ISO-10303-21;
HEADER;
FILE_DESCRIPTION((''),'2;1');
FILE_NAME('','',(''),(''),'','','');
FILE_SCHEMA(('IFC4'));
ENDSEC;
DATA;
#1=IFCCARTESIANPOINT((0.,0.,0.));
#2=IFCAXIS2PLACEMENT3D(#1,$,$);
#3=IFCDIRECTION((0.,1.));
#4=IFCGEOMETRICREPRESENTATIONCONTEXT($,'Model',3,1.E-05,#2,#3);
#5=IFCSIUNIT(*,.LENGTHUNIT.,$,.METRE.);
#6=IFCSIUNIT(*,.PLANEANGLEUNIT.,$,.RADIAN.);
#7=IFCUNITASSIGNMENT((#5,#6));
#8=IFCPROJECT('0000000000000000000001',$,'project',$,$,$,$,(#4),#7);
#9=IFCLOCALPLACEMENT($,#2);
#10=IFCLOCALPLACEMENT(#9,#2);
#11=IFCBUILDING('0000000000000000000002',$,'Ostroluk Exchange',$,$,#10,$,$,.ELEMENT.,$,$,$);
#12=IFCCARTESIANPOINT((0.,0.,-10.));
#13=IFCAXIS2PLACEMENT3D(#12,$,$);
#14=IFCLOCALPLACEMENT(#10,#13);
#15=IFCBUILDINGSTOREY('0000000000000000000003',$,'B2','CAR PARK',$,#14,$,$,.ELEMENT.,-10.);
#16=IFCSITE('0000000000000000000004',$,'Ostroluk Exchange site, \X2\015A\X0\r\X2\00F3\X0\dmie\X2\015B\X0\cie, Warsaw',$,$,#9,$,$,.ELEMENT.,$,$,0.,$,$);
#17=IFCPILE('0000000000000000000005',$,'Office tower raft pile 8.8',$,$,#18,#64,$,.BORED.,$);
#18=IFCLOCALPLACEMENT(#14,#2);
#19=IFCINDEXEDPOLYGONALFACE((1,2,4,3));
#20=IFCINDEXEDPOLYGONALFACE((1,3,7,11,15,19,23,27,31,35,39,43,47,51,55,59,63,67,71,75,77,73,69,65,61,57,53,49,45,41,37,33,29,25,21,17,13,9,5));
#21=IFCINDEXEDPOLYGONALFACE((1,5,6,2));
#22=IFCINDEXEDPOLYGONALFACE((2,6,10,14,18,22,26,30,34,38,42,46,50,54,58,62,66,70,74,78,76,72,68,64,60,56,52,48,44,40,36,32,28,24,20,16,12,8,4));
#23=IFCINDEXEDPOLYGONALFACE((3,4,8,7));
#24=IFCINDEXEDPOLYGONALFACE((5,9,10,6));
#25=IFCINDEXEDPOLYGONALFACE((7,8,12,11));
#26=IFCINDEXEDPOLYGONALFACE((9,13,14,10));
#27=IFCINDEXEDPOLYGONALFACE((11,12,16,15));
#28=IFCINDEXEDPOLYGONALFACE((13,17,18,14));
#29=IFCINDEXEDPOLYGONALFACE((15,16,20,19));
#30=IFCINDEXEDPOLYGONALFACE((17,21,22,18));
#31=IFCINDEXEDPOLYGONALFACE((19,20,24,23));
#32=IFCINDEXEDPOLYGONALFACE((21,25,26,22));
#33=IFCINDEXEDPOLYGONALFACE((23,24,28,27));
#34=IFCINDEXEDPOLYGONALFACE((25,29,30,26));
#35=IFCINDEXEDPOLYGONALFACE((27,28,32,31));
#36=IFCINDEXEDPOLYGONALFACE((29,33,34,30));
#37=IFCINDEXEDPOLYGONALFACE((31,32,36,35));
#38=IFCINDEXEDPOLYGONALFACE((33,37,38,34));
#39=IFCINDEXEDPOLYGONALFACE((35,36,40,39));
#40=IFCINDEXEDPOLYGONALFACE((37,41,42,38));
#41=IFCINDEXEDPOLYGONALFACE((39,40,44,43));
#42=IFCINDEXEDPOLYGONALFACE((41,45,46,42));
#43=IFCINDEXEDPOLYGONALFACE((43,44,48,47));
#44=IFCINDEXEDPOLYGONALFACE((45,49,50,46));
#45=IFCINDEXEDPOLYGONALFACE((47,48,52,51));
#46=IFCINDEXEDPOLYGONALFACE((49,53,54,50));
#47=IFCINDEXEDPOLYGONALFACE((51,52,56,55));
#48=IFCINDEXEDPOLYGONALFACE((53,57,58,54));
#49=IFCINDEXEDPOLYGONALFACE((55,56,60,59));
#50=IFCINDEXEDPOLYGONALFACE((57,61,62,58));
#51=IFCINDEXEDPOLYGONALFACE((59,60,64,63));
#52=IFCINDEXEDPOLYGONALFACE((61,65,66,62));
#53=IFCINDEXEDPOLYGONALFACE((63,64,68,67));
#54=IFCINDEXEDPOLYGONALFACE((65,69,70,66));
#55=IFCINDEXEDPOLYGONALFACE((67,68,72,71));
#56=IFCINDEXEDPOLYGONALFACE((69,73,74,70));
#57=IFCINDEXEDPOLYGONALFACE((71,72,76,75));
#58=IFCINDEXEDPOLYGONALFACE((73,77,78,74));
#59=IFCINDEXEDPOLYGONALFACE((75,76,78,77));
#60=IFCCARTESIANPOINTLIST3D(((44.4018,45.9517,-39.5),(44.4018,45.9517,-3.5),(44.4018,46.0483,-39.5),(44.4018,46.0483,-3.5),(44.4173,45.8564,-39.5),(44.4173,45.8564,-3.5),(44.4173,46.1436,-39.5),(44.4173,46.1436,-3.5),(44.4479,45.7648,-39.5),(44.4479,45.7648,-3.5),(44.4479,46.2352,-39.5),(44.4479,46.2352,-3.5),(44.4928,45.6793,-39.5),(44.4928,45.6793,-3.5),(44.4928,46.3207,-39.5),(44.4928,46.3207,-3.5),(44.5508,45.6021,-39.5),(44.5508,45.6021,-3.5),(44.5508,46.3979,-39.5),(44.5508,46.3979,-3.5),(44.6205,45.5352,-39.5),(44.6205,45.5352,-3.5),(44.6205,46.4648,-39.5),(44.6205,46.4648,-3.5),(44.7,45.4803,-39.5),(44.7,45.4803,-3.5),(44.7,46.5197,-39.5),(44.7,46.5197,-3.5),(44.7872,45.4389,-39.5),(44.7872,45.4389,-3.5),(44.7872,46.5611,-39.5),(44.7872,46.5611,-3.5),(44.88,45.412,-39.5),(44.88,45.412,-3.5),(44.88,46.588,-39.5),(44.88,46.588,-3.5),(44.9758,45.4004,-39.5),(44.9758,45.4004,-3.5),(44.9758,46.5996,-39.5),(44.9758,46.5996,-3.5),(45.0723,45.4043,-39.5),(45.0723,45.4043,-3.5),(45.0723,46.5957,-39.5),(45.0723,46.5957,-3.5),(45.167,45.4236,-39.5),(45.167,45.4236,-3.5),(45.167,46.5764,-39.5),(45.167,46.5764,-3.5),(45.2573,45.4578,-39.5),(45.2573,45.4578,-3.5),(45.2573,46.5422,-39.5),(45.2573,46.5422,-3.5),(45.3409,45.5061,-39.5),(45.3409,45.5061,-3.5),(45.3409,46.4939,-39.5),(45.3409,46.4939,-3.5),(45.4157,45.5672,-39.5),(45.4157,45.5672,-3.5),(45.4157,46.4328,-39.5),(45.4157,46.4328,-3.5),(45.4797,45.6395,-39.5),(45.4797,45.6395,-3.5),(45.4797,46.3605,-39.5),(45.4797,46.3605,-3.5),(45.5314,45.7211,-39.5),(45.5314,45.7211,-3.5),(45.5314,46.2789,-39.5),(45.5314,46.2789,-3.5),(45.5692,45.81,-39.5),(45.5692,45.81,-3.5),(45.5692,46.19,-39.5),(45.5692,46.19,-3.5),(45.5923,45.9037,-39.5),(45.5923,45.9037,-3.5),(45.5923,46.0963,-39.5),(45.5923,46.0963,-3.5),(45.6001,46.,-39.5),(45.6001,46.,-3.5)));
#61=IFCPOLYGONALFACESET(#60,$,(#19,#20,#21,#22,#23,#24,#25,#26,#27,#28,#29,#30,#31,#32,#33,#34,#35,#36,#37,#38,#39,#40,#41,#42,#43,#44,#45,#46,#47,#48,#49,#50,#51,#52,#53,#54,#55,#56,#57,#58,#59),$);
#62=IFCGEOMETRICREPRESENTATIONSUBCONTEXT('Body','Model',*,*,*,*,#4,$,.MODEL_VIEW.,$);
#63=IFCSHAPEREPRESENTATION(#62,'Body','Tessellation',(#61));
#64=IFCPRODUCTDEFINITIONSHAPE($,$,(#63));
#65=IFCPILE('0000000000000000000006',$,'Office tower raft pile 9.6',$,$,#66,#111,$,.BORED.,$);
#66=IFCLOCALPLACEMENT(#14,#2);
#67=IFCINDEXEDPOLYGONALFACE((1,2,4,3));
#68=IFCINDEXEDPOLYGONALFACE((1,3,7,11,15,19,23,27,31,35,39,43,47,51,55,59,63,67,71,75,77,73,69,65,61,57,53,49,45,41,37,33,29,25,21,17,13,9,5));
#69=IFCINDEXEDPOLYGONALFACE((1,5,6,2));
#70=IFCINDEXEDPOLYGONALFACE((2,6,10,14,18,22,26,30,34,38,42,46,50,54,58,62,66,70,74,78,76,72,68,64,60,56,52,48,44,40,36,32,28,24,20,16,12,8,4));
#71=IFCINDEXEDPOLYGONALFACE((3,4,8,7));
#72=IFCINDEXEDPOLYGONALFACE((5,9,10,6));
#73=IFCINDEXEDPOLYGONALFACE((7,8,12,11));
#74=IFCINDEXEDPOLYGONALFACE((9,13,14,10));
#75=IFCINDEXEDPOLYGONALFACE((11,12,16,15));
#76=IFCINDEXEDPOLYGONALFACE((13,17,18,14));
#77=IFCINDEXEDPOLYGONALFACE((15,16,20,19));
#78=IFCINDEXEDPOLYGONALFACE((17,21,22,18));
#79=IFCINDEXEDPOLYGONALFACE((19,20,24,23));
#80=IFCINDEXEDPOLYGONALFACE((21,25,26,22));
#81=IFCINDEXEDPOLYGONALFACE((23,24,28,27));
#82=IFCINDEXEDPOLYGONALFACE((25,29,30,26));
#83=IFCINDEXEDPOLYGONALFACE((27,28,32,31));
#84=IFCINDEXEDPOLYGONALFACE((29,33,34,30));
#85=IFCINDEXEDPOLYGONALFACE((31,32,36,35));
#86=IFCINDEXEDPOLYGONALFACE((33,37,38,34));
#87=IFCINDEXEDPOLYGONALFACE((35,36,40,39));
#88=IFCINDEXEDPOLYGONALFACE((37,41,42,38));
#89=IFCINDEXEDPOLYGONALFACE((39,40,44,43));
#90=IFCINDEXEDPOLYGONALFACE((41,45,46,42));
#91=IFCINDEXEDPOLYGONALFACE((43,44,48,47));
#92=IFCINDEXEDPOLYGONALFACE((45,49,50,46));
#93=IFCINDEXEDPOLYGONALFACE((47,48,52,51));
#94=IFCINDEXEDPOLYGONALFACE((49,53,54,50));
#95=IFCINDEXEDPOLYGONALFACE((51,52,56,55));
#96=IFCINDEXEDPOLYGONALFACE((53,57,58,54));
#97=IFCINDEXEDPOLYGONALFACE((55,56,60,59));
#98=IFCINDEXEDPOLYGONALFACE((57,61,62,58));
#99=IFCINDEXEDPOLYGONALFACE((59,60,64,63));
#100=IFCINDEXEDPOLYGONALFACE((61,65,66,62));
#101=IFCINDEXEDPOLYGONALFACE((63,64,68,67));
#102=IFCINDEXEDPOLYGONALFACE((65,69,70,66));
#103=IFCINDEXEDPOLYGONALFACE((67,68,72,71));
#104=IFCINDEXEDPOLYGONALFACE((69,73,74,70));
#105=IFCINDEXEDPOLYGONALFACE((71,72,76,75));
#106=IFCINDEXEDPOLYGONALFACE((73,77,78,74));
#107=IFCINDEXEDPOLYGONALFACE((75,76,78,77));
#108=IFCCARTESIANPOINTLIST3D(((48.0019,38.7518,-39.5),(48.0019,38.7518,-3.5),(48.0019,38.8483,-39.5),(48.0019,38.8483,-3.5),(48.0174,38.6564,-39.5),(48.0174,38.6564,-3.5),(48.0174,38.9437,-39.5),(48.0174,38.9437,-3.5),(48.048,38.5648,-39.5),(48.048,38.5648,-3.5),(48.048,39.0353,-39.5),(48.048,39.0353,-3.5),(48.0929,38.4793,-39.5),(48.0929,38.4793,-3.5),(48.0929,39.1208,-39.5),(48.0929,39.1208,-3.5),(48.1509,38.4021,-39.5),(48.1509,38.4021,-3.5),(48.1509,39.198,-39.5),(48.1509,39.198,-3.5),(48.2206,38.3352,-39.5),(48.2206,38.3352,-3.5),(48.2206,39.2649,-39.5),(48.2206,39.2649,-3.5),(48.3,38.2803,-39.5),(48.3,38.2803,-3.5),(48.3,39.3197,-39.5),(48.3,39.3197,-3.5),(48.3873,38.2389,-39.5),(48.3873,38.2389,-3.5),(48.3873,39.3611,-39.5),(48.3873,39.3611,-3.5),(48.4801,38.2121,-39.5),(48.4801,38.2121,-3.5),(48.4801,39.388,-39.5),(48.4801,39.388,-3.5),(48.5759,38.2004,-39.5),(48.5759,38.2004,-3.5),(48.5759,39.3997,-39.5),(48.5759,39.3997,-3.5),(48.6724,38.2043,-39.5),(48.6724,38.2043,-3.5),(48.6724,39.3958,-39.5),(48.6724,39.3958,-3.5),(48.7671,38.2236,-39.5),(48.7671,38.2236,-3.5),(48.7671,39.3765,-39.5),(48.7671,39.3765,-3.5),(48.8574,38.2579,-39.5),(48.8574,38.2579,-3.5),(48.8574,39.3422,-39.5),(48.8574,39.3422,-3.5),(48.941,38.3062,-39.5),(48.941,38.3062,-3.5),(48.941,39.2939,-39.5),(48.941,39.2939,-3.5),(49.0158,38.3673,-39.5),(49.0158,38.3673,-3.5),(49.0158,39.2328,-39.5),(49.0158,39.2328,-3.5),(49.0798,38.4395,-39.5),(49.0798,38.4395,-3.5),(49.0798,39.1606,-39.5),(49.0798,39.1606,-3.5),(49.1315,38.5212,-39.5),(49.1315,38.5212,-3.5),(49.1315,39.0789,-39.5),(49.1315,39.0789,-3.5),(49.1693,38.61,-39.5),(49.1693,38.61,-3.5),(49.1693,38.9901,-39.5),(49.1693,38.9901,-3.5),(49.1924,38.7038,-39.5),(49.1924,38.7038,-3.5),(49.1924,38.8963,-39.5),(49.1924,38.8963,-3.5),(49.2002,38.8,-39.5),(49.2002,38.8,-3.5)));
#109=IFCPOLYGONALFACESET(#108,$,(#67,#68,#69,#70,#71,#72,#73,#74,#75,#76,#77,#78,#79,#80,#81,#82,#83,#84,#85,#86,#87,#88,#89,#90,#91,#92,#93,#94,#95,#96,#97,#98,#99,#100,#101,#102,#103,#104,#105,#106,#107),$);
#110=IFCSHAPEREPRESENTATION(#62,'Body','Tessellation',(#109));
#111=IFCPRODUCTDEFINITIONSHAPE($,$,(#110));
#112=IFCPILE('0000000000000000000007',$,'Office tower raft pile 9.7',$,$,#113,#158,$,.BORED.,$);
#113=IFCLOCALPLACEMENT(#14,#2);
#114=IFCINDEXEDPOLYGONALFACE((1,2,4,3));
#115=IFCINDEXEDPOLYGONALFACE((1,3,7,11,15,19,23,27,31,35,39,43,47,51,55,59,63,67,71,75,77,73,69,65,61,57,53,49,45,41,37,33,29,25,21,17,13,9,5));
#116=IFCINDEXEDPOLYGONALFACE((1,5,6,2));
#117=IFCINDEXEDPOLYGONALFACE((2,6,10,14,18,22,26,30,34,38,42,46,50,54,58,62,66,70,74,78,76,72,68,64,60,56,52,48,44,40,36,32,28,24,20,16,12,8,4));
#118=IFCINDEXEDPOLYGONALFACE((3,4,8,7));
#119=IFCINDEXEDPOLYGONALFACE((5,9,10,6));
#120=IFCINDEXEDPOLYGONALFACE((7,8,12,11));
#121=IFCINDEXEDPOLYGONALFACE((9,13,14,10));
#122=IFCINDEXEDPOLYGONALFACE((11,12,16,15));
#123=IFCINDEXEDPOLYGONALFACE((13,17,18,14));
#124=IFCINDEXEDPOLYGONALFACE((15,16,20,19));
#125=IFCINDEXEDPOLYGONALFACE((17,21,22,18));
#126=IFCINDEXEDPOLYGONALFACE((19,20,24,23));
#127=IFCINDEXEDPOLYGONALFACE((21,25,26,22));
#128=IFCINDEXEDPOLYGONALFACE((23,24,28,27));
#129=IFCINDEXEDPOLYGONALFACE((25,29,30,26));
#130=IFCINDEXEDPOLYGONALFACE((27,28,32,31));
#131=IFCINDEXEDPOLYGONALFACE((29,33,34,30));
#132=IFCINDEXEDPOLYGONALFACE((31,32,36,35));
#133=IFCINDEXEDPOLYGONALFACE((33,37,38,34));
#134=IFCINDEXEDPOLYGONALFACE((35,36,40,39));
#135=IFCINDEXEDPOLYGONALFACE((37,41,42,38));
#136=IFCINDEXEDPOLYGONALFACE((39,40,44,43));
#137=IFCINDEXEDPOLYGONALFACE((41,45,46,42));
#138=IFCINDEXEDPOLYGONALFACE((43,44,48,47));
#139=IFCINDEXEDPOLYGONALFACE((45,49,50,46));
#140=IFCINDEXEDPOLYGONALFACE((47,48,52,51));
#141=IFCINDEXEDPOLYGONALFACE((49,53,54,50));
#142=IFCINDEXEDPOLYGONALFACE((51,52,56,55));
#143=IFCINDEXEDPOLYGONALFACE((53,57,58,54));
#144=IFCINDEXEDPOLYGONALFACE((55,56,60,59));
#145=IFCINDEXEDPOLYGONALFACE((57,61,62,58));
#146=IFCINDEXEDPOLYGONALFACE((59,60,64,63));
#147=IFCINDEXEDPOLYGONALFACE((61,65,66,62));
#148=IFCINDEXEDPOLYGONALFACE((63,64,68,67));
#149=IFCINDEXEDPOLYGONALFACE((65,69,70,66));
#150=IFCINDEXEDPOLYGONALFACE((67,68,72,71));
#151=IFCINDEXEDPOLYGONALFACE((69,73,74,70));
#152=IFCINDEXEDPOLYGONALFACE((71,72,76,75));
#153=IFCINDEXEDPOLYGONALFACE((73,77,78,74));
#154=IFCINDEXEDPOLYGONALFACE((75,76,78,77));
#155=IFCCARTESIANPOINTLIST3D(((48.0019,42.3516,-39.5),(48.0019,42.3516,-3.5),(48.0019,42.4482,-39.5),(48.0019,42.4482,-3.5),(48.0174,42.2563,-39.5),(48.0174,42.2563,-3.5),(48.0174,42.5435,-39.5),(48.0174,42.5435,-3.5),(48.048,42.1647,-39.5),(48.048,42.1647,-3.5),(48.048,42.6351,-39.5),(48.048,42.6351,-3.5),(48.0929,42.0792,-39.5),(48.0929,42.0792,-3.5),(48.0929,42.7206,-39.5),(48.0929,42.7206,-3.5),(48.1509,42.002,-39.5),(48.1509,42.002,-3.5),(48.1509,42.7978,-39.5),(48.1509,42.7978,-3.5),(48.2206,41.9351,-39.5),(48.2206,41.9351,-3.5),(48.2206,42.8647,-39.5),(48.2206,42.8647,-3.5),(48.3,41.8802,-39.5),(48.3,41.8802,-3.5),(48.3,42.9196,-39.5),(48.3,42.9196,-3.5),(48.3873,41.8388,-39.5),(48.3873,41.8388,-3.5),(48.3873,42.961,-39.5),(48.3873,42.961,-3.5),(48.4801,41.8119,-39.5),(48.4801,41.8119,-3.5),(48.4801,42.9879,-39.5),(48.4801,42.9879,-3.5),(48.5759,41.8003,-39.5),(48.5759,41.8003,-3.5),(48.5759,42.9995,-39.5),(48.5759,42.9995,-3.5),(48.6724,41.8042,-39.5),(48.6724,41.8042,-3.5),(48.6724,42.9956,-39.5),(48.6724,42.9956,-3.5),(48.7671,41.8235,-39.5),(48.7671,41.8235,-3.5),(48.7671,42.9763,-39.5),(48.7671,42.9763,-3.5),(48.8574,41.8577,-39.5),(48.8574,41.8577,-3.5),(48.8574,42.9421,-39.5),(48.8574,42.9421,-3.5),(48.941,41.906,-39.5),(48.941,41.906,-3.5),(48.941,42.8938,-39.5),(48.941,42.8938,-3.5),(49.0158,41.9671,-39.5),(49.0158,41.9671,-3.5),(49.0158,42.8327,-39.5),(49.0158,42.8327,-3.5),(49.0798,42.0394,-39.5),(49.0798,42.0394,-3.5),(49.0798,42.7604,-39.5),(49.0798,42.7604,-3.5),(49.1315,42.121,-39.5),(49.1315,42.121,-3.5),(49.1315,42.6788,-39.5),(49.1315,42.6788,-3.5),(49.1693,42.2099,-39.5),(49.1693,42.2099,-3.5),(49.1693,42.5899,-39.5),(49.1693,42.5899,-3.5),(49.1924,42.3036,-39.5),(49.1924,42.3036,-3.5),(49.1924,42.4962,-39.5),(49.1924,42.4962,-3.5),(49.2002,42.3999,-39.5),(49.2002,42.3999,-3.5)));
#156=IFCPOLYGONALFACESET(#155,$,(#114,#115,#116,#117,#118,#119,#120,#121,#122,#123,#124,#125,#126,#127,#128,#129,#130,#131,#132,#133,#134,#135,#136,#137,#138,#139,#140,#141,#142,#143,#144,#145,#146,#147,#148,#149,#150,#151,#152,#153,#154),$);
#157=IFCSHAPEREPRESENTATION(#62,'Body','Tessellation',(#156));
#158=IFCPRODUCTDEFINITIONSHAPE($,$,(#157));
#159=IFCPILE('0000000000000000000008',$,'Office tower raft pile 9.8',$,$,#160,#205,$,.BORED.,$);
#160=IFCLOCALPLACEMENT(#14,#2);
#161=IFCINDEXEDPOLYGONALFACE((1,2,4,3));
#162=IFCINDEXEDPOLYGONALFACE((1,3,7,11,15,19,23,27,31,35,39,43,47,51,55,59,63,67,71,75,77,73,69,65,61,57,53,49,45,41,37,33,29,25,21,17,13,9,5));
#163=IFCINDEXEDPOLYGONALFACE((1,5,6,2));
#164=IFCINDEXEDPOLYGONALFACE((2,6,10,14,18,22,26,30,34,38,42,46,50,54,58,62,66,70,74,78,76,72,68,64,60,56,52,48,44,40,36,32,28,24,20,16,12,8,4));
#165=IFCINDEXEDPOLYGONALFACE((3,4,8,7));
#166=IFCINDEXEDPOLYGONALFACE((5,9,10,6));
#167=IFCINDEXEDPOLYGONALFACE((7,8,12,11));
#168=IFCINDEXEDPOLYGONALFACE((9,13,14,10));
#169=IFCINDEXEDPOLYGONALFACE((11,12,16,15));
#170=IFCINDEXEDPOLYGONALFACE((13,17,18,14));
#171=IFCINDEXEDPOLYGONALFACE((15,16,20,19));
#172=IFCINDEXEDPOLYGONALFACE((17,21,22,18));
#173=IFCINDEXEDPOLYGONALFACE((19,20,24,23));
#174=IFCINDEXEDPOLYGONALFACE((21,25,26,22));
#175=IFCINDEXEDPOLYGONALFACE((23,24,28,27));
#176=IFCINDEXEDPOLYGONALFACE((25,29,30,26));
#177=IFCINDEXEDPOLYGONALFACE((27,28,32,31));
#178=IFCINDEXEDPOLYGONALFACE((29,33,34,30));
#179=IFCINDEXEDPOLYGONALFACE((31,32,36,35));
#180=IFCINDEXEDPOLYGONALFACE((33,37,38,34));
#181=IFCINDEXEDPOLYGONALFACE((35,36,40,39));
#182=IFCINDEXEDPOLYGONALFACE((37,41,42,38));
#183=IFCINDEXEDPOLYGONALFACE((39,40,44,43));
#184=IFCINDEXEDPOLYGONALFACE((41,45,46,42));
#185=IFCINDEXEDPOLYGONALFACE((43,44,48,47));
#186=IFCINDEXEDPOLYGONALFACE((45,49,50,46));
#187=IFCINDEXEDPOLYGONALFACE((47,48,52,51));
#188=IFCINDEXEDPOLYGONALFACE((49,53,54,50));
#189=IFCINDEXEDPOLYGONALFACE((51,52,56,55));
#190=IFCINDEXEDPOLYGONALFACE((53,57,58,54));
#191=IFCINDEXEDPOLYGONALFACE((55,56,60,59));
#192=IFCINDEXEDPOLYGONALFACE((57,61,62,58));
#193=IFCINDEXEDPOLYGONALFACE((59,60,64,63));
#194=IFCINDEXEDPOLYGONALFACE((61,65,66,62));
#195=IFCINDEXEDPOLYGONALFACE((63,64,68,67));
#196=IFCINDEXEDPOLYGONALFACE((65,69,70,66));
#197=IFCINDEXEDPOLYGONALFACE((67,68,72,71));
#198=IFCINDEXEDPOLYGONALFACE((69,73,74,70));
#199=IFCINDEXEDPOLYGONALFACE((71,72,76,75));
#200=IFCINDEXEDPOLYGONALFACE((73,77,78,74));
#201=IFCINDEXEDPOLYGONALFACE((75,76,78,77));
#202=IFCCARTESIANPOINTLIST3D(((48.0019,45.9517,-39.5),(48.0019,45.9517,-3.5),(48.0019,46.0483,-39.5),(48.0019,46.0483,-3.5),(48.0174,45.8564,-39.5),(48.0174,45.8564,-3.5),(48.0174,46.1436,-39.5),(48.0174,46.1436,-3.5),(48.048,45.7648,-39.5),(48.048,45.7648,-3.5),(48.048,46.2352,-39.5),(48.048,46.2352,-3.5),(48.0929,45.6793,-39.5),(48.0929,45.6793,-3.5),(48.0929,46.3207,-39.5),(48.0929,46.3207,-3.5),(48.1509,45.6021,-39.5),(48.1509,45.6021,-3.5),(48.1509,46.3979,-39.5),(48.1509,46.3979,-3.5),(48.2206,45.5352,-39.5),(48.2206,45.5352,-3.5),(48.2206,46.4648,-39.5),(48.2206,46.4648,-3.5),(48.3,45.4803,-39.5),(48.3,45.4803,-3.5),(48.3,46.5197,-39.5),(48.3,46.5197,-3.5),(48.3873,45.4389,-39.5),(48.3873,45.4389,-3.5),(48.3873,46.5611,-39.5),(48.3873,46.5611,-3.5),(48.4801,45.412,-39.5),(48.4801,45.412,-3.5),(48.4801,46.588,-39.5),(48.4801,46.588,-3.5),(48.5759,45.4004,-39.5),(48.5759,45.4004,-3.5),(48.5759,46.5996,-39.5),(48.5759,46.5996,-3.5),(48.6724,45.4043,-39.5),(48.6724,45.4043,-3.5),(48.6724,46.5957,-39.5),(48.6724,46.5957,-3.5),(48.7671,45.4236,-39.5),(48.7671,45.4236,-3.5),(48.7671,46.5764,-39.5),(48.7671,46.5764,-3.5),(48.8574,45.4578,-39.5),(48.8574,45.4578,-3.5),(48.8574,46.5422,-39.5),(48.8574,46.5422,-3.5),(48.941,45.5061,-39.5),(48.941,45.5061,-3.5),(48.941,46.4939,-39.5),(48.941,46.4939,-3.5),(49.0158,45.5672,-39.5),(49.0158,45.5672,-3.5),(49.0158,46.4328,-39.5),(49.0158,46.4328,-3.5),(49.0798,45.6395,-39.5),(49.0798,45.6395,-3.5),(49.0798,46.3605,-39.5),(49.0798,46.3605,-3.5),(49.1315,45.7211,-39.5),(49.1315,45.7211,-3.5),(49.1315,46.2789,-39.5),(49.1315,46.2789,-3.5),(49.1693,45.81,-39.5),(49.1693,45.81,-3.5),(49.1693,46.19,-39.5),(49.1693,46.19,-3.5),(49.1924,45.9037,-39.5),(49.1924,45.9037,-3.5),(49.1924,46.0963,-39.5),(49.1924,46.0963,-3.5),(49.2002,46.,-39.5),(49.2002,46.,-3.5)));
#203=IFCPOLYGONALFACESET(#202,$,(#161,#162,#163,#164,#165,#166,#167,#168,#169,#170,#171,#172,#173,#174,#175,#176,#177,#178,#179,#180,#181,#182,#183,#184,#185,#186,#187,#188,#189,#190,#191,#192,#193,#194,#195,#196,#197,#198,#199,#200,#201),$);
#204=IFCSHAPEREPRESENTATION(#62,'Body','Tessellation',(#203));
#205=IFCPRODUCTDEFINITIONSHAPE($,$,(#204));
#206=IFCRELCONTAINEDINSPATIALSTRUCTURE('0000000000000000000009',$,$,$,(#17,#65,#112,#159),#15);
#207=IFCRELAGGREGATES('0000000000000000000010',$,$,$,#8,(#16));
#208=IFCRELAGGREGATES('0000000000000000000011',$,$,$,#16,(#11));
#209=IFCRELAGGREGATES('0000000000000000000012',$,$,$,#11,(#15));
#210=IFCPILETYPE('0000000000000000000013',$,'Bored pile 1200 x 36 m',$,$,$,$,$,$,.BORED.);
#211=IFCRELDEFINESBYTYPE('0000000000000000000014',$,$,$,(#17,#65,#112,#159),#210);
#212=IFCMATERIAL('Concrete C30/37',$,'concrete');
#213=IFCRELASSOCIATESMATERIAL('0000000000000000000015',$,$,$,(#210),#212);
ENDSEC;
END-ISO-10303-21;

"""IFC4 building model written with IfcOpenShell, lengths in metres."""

from ifc_helpers import new_model, si_unit, direction, frame, origin, origin_2d, place, context, subcontext, project, spatial, circle, extrude, material, type_object, element, save


model = new_model("IFC4")

# Units and contexts
model_context = context("Model", 3, precision=1e-05, world=origin(), true_north=direction((0.0, 1.0)))
body_context = subcontext(model_context, "Body", "Model", "MODEL_VIEW")
ifc_project = project(units=[si_unit("LENGTHUNIT", "METRE"), si_unit("PLANEANGLEUNIT", "RADIAN")], contexts=[model_context])

# Site, building, storey
site_placement = place(None, origin())
site = spatial("IfcSite", under=ifc_project, at=site_placement, Name="Ostroluk Exchange site, Śródmieście, Warsaw", CompositionType="ELEMENT", RefElevation=0.0)
building_placement = place(site_placement, origin())
building = spatial("IfcBuilding", under=site, at=building_placement, Name="Ostroluk Exchange", CompositionType="ELEMENT")
storey_placement = place(building_placement, frame((0.0, 0.0, -10.0)))
storey = spatial("IfcBuildingStorey", under=building, at=storey_placement, Name="B2", Description="CAR PARK", CompositionType="ELEMENT", Elevation=-10.0)

# Piles
ifc_material_1 = material(Name="Concrete C30/37", Category="concrete")
pile_type = type_object("IfcPileType", Name="Bored pile 1200 x 36 m", PredefinedType="BORED", material=ifc_material_1)
for number, where, z_axis, x_axis, name in (
    (1, (45.0, 46.0, -3.5), (0.0, 0.0, -1.0), (1.0, 0.0, 0.0), "Office tower raft pile 8.8"),
    (2, (48.6001, 38.8, -3.5), (0.0, 0.0, -1.0), (1.0, 0.0, 0.0), "Office tower raft pile 9.6"),
    (3, (48.6001, 42.3999, -3.5), (0.0, 0.0, -1.0), (1.0, 0.0, 0.0), "Office tower raft pile 9.7"),
    (4, (48.6001, 46.0, -3.5), (0.0, 0.0, -1.0), (1.0, 0.0, 0.0), "Office tower raft pile 9.8"),
):
    element("IfcPile", number, at=place(storey_placement, frame(where, z_axis=z_axis, x_axis=x_axis)), inside=storey, type_object=pile_type, Name=name, PredefinedType="BORED", context=body_context, shape_type="SweptSolid", body=[
        extrude(circle(Radius=0.6001, at=origin_2d()), origin(), (0.0, 0.0, 1.0), 36.0),
    ])

save(model, "model.ifc")
